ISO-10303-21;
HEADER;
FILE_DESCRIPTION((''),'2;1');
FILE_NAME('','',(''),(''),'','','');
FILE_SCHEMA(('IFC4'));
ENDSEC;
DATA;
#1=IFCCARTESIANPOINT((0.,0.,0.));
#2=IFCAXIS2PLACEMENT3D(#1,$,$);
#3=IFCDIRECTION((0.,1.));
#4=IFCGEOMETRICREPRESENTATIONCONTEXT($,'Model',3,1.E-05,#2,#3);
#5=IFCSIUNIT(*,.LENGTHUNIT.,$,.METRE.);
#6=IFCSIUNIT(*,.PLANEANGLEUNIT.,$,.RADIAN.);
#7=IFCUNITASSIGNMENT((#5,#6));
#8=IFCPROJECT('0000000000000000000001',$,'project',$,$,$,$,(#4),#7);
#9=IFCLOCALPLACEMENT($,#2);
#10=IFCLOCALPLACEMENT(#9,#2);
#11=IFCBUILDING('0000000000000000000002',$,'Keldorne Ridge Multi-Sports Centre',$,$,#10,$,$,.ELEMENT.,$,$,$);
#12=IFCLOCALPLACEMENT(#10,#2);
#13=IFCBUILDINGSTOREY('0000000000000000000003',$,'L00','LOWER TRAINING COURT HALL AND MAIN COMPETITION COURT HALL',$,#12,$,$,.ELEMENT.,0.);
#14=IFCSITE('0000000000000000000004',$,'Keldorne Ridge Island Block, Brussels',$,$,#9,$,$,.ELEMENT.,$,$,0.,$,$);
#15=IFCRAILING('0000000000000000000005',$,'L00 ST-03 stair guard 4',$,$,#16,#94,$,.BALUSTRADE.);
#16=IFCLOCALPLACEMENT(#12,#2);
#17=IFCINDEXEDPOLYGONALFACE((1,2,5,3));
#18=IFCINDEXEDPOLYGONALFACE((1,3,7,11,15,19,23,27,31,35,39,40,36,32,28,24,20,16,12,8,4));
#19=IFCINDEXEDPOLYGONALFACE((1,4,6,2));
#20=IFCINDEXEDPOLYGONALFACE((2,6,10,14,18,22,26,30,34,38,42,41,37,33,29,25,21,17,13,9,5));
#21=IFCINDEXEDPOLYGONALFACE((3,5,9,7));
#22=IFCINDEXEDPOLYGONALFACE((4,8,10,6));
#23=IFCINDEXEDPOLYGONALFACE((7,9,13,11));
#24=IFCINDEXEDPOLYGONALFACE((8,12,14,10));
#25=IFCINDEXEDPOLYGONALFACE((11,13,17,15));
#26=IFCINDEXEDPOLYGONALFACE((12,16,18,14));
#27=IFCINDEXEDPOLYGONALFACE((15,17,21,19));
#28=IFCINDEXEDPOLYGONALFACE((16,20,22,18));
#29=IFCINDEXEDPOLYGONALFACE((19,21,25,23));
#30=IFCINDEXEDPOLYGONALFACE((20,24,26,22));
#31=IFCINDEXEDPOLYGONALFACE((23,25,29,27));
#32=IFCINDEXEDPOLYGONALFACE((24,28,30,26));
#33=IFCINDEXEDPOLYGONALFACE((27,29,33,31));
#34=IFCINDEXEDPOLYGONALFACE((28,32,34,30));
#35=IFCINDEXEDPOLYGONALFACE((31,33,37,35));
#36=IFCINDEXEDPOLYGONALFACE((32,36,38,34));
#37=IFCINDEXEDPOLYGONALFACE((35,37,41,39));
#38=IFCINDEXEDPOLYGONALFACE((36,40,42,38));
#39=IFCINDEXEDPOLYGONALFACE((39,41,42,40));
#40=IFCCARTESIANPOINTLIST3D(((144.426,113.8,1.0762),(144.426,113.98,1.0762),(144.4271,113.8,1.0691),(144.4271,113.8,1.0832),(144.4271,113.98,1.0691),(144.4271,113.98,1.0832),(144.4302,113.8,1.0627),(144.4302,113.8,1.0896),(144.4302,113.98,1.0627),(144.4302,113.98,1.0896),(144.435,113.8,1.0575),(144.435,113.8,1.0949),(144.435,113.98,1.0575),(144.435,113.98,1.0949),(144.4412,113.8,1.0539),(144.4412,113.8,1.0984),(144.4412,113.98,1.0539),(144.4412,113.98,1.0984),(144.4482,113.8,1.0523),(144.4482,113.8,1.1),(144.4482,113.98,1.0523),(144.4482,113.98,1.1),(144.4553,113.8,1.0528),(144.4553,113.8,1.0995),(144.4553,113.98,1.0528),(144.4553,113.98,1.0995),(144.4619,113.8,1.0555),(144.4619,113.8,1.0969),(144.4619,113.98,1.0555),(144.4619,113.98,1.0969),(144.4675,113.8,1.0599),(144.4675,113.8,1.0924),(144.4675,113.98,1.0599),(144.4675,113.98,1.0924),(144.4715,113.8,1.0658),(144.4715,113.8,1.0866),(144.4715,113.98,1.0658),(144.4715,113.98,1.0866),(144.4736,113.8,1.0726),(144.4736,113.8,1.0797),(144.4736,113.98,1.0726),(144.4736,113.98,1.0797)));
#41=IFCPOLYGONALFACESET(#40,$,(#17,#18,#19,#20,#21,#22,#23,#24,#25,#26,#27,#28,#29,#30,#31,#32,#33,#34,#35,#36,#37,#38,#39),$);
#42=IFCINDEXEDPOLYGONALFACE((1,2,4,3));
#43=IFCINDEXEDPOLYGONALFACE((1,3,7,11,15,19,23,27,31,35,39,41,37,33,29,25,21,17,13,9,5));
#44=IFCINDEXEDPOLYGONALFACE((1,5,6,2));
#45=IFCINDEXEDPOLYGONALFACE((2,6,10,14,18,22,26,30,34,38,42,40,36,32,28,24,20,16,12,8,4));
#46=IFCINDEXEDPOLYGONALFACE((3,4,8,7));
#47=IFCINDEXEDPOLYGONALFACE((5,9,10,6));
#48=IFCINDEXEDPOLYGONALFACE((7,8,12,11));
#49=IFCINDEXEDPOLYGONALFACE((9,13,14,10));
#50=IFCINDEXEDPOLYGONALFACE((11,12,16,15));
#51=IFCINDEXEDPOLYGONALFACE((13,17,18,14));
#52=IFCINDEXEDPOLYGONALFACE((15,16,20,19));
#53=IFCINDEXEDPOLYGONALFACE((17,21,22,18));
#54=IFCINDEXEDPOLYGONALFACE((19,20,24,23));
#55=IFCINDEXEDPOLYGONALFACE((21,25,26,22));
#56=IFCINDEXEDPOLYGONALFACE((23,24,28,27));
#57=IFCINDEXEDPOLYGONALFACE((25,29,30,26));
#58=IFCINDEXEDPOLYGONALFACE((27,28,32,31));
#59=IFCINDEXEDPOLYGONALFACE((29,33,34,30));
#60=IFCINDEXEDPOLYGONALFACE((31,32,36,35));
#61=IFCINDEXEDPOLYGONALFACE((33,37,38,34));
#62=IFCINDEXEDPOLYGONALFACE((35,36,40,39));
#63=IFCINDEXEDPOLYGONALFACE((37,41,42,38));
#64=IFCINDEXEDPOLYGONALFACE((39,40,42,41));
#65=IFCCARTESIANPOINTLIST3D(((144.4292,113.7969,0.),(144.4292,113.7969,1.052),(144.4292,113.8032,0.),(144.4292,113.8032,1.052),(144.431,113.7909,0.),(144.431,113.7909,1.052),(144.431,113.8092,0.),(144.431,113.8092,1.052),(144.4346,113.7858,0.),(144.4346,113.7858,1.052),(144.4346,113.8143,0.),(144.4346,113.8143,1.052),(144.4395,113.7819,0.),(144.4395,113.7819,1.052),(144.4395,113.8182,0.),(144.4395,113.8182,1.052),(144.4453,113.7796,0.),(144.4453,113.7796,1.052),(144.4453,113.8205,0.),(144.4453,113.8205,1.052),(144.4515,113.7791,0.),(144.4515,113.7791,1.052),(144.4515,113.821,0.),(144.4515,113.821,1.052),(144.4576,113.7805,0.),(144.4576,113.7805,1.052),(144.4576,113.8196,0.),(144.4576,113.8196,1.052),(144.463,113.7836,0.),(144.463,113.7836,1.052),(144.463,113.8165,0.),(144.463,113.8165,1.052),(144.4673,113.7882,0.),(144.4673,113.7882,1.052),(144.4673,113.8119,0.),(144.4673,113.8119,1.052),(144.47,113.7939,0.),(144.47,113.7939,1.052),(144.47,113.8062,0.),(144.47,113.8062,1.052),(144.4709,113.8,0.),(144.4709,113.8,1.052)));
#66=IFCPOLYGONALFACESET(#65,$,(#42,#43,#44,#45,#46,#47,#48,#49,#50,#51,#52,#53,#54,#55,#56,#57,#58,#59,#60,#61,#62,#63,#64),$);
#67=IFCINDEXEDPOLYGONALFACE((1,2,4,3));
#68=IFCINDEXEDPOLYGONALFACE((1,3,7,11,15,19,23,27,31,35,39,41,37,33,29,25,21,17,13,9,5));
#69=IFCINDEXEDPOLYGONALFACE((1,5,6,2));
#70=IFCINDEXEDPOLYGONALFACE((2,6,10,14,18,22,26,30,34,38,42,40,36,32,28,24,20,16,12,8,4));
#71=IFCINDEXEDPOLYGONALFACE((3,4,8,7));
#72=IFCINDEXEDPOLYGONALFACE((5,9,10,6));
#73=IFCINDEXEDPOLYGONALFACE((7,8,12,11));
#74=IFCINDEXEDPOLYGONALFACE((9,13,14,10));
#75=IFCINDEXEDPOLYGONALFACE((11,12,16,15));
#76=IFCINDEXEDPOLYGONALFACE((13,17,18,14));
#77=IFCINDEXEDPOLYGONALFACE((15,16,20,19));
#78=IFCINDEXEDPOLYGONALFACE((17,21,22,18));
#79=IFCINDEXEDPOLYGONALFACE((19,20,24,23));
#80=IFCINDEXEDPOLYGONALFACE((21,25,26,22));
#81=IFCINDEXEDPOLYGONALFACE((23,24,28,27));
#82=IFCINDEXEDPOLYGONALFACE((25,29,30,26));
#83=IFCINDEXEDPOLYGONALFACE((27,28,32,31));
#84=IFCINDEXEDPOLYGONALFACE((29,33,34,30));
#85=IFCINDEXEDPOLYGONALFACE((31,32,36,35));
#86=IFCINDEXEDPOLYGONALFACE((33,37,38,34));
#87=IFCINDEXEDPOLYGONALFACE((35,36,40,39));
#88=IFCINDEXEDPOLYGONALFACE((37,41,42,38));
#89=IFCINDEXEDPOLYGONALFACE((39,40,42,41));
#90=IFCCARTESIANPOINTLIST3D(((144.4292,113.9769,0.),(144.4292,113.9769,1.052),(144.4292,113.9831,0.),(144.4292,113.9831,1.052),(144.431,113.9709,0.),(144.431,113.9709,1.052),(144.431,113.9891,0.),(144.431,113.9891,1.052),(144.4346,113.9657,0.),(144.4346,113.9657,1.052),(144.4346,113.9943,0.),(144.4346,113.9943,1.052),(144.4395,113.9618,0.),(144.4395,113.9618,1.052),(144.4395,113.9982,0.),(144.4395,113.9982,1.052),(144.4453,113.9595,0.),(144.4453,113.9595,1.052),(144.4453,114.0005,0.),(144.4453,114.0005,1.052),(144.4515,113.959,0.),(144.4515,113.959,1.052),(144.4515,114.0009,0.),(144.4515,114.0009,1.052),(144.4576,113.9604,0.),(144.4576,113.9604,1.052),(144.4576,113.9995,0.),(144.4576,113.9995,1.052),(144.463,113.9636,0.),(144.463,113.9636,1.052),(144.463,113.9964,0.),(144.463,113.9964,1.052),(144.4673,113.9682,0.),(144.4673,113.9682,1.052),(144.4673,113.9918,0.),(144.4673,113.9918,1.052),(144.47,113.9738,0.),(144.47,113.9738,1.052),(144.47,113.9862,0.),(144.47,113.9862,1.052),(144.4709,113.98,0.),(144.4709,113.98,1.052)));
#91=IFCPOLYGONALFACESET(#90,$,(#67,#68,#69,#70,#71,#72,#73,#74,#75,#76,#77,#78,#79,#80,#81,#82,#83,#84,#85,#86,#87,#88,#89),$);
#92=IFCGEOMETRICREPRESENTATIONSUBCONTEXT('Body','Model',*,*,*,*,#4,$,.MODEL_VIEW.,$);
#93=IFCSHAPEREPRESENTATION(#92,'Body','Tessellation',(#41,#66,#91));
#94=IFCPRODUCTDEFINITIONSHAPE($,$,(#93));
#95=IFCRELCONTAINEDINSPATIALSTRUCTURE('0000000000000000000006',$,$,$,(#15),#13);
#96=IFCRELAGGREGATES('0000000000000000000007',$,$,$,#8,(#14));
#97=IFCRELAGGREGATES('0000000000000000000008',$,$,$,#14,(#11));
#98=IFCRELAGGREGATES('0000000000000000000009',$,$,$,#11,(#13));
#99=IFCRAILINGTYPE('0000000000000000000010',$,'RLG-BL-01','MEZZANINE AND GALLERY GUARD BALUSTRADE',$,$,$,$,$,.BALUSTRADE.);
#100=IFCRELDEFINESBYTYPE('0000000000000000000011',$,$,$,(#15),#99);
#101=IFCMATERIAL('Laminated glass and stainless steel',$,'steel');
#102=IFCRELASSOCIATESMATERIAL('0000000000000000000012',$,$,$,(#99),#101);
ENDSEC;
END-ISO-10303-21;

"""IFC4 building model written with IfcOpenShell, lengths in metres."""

from ifc_helpers import new_model, si_unit, direction, frame, origin, origin_2d, place, context, subcontext, project, spatial, circle, extrude, material, type_object, element, save


model = new_model("IFC4")

# Units and contexts
model_context = context("Model", 3, precision=1e-05, world=origin(), true_north=direction((0.0, 1.0)))
body_context = subcontext(model_context, "Body", "Model", "MODEL_VIEW")
ifc_project = project(units=[si_unit("LENGTHUNIT", "METRE"), si_unit("PLANEANGLEUNIT", "RADIAN")], contexts=[model_context])

# Site, building, storey
site_placement = place(None, origin())
site = spatial("IfcSite", under=ifc_project, at=site_placement, Name="Keldorne Ridge Island Block, Brussels", CompositionType="ELEMENT", RefElevation=0.0)
building_placement = place(site_placement, origin())
building = spatial("IfcBuilding", under=site, at=building_placement, Name="Keldorne Ridge Multi-Sports Centre", CompositionType="ELEMENT")
storey_placement = place(building_placement, origin())
storey = spatial("IfcBuildingStorey", under=building, at=storey_placement, Name="L00", Description="LOWER TRAINING COURT HALL AND MAIN COMPETITION COURT HALL", CompositionType="ELEMENT", Elevation=0.0)

# Railing
ifc_material_1 = material(Name="Laminated glass and stainless steel", Category="steel")
railing_type_1 = type_object("IfcRailingType", Name="RLG-BL-01", Description="MEZZANINE AND GALLERY GUARD BALUSTRADE", PredefinedType="BALUSTRADE", material=ifc_material_1)
railing_1_placement = place(storey_placement, frame((144.45, 113.8, 0.0)))
element("IfcRailing", 1, at=railing_1_placement, inside=storey, type_object=railing_type_1, Name="L00 ST-03 stair guard 4", PredefinedType="BALUSTRADE", context=body_context, shape_type="SweptSolid", body=[
    extrude(circle(Radius=0.0239, at=origin_2d()), frame((0.0, 0.0, 1.0762), z_axis=(0.0, 1.0, 0.0), x_axis=(-1.0, 0.0, 0.0)), (0.0, 0.0, 1.0), 0.1799),
    extrude(circle(Radius=0.021, at=origin_2d()), origin(), (0.0, 0.0, 1.0), 1.052),
    extrude(circle(Radius=0.021, at=origin_2d()), frame((0.0, 0.1799, 0.0)), (0.0, 0.0, 1.0), 1.052),
])

save(model, "model.ifc")
